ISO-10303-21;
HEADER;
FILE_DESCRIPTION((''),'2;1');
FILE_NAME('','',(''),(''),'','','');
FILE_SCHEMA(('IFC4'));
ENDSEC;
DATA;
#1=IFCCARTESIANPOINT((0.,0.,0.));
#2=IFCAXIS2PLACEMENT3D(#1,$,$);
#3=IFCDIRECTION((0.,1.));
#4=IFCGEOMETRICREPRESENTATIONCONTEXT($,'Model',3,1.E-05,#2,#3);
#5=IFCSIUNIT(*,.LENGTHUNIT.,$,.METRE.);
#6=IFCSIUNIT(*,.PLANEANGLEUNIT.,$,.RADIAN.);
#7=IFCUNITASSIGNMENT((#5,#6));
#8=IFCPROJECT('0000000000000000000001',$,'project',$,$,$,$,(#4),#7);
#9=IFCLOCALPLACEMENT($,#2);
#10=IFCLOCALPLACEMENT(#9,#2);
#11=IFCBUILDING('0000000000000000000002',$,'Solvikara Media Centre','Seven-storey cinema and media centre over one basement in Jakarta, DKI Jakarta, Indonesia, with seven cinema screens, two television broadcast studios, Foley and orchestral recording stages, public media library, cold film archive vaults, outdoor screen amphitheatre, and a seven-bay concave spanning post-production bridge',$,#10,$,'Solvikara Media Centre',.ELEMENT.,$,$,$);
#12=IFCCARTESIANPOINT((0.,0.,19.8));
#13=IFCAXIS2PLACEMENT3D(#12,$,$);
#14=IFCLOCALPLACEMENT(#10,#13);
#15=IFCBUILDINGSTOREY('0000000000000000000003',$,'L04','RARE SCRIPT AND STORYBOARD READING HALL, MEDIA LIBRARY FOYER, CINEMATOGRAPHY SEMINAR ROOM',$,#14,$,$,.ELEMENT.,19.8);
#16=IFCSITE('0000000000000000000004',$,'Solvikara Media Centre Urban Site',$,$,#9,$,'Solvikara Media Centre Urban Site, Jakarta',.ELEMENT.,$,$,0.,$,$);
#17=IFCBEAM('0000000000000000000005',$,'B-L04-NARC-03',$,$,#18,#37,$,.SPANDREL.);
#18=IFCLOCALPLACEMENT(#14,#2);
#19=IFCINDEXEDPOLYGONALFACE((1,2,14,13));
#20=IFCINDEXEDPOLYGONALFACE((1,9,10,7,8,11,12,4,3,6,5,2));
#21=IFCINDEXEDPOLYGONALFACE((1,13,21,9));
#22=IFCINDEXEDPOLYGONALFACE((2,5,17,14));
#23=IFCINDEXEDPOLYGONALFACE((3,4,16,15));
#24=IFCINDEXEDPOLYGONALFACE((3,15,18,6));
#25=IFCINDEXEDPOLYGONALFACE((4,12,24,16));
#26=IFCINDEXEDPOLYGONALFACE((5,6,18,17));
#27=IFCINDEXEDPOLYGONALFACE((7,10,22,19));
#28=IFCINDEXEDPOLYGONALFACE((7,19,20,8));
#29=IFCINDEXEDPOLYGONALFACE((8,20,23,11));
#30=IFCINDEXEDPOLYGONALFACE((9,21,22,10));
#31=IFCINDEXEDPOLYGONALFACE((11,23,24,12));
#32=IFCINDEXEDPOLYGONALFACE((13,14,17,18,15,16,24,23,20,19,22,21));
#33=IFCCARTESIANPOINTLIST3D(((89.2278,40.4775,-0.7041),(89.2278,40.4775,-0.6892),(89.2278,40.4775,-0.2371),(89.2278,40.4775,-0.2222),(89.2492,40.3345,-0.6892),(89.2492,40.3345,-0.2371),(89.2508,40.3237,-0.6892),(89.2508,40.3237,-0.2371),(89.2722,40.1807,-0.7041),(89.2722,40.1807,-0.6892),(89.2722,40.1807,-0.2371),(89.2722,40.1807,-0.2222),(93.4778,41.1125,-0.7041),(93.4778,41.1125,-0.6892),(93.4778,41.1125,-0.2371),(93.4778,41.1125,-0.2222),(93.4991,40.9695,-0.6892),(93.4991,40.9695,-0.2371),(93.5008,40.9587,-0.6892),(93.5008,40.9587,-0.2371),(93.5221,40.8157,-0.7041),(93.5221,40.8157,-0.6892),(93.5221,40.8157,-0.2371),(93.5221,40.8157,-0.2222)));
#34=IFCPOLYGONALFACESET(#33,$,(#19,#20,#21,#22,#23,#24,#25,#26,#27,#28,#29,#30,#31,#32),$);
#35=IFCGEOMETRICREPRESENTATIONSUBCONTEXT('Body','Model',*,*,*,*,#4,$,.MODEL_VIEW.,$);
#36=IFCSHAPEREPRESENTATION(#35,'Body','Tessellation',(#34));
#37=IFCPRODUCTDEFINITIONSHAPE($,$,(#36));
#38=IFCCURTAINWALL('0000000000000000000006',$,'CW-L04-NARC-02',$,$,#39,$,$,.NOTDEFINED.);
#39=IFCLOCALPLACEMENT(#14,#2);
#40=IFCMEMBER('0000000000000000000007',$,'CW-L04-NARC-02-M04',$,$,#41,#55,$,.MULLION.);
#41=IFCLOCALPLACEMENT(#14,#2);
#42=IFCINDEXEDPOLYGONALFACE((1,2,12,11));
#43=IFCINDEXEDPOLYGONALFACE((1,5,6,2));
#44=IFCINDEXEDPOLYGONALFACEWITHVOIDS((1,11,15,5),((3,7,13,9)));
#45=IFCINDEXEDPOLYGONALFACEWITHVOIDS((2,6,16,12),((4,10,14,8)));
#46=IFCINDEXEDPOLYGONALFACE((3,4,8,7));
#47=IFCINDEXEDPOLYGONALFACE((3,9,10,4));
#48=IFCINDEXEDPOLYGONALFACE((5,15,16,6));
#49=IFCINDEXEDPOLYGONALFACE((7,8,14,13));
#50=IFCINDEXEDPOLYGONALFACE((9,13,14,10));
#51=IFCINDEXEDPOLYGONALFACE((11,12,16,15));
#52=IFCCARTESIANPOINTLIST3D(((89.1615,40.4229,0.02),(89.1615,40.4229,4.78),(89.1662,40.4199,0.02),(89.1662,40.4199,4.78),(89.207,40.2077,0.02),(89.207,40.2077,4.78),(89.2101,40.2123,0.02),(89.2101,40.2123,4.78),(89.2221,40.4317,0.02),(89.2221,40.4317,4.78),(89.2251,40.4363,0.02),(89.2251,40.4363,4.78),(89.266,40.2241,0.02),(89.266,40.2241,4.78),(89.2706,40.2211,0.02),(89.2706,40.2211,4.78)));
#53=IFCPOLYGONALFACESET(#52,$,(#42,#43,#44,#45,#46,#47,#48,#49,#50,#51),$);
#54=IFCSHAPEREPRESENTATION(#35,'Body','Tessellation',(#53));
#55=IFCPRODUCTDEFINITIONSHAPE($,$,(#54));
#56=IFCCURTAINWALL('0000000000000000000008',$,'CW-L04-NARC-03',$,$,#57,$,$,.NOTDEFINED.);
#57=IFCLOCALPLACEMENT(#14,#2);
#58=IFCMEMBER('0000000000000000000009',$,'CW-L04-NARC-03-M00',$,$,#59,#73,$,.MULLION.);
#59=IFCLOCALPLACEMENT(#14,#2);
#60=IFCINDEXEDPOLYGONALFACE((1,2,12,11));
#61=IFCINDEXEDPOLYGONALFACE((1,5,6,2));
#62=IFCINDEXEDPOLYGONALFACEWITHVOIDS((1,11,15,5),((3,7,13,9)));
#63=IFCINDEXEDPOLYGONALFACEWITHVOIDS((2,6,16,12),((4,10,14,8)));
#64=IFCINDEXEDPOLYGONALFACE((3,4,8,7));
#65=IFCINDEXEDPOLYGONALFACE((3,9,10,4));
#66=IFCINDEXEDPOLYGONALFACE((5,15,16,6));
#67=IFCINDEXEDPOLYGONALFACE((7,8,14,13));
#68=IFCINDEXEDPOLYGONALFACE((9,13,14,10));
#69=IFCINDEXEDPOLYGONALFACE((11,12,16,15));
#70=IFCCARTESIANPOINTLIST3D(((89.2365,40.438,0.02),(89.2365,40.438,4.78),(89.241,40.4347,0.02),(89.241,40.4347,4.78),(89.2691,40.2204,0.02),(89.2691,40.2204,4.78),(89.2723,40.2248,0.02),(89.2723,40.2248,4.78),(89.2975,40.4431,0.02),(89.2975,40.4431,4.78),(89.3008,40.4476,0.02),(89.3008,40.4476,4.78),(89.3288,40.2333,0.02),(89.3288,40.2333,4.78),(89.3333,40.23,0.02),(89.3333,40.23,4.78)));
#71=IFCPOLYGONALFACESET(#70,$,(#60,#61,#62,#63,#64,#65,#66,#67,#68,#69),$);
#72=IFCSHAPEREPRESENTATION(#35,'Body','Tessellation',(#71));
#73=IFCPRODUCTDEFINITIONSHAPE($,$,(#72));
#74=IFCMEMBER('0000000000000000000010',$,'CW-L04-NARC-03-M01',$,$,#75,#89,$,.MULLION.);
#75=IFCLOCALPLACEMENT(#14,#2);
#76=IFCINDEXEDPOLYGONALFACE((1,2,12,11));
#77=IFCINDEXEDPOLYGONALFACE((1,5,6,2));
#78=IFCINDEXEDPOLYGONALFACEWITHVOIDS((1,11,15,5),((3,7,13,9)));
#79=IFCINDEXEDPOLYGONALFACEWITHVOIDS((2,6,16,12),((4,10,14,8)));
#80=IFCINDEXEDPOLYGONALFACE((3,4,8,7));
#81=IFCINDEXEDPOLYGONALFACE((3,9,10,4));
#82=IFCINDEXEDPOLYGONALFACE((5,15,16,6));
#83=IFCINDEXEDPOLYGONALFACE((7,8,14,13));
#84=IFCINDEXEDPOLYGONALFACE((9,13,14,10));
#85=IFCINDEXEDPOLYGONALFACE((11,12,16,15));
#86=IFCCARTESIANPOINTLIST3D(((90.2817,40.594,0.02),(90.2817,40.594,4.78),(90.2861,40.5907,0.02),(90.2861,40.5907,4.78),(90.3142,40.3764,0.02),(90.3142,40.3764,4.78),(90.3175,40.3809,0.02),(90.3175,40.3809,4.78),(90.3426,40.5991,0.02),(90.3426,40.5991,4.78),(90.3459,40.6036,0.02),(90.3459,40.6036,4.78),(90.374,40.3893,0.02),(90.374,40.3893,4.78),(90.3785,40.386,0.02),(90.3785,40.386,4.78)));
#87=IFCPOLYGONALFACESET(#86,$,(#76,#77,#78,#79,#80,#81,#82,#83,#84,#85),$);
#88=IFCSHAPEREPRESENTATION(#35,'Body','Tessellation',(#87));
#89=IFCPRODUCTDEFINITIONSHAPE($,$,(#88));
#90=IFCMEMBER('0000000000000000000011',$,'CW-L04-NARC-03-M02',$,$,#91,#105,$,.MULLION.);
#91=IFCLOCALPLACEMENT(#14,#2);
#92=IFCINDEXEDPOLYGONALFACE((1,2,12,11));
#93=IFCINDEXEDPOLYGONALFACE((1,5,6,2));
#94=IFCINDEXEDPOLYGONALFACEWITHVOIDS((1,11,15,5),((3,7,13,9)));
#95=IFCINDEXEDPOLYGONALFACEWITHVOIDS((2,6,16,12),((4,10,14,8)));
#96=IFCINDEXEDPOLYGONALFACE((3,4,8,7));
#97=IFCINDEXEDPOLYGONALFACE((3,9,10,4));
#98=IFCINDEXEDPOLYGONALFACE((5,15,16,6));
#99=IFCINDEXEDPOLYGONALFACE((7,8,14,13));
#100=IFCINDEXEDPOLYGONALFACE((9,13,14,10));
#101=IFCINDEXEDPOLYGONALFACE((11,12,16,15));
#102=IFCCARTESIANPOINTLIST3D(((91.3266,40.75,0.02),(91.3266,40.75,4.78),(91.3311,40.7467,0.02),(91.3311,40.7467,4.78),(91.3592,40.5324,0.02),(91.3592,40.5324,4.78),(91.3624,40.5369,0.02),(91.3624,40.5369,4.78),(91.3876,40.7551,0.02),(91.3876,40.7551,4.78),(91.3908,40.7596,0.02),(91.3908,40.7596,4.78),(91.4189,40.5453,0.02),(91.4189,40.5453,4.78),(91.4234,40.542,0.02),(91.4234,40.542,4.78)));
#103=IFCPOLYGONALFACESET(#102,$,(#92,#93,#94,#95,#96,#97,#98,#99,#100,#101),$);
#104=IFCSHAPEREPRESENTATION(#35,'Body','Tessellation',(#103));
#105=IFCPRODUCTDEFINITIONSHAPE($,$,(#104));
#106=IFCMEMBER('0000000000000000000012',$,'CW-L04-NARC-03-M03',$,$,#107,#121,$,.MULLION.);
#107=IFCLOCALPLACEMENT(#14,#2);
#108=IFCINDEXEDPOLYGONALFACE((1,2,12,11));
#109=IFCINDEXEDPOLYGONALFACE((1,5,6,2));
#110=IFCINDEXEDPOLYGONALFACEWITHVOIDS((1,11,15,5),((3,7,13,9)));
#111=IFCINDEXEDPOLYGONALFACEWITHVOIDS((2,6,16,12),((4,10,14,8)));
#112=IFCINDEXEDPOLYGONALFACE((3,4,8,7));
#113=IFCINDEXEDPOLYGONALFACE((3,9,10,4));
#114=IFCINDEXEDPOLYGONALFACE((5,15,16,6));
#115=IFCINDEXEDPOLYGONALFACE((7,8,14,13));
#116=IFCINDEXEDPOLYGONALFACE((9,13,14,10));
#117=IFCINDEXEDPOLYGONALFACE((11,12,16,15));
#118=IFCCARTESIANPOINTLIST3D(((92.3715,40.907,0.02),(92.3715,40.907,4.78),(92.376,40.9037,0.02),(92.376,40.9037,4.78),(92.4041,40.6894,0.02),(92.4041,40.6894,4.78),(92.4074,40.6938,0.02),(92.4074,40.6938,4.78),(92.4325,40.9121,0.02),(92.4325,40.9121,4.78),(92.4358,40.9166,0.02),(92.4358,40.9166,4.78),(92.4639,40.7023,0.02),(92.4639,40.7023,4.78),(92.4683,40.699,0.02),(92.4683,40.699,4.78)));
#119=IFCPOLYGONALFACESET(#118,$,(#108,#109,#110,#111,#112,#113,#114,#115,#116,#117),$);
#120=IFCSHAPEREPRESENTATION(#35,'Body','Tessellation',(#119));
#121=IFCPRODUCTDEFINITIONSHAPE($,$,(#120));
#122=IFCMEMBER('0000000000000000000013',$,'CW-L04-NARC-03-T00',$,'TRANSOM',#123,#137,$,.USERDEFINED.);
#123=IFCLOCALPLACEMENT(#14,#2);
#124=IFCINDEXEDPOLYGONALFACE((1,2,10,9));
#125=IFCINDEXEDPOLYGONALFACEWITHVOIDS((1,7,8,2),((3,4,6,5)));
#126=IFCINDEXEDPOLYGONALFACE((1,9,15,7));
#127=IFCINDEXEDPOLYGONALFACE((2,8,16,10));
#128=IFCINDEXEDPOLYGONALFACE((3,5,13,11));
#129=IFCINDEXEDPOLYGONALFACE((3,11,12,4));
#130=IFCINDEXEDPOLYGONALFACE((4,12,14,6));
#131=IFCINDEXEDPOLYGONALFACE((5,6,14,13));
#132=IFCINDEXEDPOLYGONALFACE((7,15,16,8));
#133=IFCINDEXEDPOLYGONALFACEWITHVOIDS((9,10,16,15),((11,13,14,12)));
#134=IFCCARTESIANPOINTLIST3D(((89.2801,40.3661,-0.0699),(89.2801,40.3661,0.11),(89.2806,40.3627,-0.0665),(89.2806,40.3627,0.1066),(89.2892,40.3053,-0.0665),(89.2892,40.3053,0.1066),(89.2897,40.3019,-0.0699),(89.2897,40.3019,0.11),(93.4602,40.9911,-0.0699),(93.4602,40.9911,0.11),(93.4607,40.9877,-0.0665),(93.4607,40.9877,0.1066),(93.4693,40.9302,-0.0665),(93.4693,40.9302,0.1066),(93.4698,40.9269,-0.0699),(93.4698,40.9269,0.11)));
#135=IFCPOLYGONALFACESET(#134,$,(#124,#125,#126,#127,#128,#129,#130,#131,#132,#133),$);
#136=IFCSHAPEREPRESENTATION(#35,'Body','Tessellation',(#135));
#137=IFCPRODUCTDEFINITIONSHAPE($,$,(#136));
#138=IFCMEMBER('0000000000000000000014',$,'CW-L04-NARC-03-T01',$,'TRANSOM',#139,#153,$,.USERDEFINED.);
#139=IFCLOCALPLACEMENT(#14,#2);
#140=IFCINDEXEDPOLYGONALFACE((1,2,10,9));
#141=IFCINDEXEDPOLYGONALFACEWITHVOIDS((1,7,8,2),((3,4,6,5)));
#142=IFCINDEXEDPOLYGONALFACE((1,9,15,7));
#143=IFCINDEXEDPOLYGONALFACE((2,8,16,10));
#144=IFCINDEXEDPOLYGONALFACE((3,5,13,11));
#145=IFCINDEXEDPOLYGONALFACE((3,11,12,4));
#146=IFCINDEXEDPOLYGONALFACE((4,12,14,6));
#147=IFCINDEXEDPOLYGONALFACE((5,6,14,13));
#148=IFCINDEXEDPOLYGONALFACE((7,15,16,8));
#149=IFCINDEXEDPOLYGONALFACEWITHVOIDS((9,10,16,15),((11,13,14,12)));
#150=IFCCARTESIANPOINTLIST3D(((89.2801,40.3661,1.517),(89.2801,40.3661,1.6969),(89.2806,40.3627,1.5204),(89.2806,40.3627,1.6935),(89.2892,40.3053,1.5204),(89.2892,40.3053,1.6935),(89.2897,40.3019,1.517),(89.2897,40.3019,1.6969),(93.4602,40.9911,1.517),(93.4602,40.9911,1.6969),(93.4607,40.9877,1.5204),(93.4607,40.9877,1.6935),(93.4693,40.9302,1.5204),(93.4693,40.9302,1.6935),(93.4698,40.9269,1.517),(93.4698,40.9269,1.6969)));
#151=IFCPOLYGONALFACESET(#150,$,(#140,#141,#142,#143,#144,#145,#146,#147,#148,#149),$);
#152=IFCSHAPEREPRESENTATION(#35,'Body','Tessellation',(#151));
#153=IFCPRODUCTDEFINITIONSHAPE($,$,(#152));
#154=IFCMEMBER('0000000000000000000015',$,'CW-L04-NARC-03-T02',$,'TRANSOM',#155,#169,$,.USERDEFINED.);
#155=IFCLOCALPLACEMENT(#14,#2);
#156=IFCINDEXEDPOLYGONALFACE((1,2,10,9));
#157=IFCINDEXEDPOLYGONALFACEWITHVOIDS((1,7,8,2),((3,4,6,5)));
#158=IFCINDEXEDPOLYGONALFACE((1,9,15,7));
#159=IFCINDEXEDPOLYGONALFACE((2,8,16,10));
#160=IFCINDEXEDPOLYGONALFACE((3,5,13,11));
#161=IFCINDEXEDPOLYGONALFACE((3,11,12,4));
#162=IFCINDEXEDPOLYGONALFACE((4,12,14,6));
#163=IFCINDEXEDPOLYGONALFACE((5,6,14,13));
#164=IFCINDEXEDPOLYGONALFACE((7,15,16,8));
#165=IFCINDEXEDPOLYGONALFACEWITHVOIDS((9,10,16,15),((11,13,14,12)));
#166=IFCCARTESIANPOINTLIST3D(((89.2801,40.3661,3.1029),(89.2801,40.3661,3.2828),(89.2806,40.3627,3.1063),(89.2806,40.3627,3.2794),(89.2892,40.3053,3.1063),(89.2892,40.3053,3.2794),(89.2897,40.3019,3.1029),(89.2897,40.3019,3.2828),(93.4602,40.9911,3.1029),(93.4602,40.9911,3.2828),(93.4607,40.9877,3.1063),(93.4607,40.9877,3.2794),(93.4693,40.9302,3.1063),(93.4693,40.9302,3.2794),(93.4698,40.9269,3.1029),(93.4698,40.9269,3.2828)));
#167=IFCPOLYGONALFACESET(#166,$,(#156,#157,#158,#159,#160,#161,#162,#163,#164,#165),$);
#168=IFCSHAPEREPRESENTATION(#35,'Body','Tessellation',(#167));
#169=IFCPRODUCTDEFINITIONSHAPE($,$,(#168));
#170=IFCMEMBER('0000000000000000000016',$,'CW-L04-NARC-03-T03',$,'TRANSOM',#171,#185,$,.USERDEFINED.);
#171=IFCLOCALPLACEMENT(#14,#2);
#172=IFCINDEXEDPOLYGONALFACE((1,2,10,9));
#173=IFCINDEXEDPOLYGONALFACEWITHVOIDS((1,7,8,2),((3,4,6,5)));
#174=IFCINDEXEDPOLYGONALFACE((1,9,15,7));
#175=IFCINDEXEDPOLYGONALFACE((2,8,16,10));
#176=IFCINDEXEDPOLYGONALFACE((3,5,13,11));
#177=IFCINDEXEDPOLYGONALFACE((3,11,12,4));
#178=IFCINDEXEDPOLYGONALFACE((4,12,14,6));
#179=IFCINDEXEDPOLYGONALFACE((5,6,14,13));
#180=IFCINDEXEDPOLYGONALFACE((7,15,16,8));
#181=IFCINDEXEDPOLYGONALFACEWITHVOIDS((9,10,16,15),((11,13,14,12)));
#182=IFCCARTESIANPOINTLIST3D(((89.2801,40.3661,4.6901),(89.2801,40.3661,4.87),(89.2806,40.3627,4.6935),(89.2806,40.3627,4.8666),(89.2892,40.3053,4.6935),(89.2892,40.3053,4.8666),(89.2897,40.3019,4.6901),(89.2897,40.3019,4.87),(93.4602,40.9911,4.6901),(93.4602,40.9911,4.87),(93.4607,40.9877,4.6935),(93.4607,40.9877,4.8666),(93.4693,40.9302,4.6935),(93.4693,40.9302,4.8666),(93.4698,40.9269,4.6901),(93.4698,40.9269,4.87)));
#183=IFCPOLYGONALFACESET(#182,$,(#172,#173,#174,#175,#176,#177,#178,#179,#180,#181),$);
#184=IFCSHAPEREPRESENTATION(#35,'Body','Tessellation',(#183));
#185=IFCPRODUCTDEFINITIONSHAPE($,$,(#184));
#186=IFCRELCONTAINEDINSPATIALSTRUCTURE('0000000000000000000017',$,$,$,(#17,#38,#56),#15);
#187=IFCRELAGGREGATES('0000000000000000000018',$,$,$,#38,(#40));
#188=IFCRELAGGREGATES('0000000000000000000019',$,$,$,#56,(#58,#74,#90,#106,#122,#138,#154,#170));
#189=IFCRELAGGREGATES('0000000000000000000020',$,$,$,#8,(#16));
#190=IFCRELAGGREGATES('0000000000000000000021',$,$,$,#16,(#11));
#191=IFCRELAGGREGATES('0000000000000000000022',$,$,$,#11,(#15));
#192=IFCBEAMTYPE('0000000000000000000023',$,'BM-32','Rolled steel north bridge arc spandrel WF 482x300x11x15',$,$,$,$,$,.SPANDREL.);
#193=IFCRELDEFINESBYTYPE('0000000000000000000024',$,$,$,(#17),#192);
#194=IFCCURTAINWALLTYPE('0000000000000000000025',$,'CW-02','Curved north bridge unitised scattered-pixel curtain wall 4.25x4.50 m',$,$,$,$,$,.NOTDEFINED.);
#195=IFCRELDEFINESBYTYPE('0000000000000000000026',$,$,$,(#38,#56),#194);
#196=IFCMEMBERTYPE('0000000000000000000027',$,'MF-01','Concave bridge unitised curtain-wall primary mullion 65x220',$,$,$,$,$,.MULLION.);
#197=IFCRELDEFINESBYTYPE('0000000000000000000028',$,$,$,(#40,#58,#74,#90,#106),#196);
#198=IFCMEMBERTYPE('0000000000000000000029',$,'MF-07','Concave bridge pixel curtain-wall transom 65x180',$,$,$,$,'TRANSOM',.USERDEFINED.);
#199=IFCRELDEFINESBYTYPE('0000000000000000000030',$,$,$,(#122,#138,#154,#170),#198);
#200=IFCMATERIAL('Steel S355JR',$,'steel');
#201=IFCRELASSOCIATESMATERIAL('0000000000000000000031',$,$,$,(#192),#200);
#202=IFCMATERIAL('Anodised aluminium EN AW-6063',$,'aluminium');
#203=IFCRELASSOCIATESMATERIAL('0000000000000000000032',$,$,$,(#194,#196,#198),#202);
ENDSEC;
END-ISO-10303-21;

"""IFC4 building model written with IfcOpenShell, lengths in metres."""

from ifc_helpers import new_model, si_unit, direction, frame, origin, origin_2d, place, context, subcontext, project, spatial, hollow_rectangle, i_section, extrude, material, material_profile, profile_set, type_object, element, aggregate, save


model = new_model("IFC4")

# Units and contexts
model_context = context("Model", 3, precision=1e-05, world=origin(), true_north=direction((0.0, 1.0)))
body_context = subcontext(model_context, "Body", "Model", "MODEL_VIEW")
ifc_project = project(units=[si_unit("LENGTHUNIT", "METRE"), si_unit("PLANEANGLEUNIT", "RADIAN")], contexts=[model_context])

# Site, building, storey
site_placement = place(None, origin())
site = spatial("IfcSite", under=ifc_project, at=site_placement, Name="Solvikara Media Centre Urban Site", LongName="Solvikara Media Centre Urban Site, Jakarta", CompositionType="ELEMENT", RefElevation=0.0)
building_placement = place(site_placement, origin())
building = spatial("IfcBuilding", under=site, at=building_placement, Name="Solvikara Media Centre", Description="Seven-storey cinema and media centre over one basement in Jakarta, DKI Jakarta, Indonesia, with seven cinema screens, two television broadcast studios, Foley and orchestral recording stages, public media library, cold film archive vaults, outdoor screen amphitheatre, and a seven-bay concave spanning post-production bridge", LongName="Solvikara Media Centre", CompositionType="ELEMENT")
storey_placement = place(building_placement, frame((0.0, 0.0, 19.8)))
storey = spatial("IfcBuildingStorey", under=building, at=storey_placement, Name="L04", Description="RARE SCRIPT AND STORYBOARD READING HALL, MEDIA LIBRARY FOYER, CINEMATOGRAPHY SEMINAR ROOM", CompositionType="ELEMENT", Elevation=19.8)

# Beam
ifc_material_1 = material(Name="Steel S355JR", Category="steel")
ifc_material_profile_1 = material_profile(ifc_material_1, i_section(OverallWidth=0.3, OverallDepth=0.4819, WebThickness=0.011, FlangeThickness=0.0149, at=origin_2d()), Name="WF 482x300x11x15")
ifc_profile_set_1 = profile_set([ifc_material_profile_1], Name="Steel S355JR")
beam_type = type_object("IfcBeamType", Name="BM-32", Description="Rolled steel north bridge arc spandrel WF 482x300x11x15", PredefinedType="SPANDREL", material=ifc_profile_set_1)
beam_placement = place(storey_placement, frame((89.25, 40.3291, -0.4631), z_axis=(0.989021, 0.147774, 0.0), x_axis=(-0.147774, 0.989021, 0.0)))
element("IfcBeam", 1, at=beam_placement, inside=storey, type_object=beam_type, Name="B-L04-NARC-03", PredefinedType="SPANDREL", context=body_context, shape_type="SweptSolid", body=[
    extrude(i_section(OverallWidth=0.3, OverallDepth=0.4819, WebThickness=0.011, FlangeThickness=0.0149, at=origin_2d()), origin(), (0.0, 0.0, 1.0), 4.2971),
])

# Curtain wall, member
ifc_material_2 = material(Name="Anodised aluminium EN AW-6063", Category="aluminium")
curtain_wall_type = type_object("IfcCurtainWallType", Name="CW-02", Description="Curved north bridge unitised scattered-pixel curtain wall 4.25x4.50 m", PredefinedType="NOTDEFINED", material=ifc_material_2)
curtain_wall_1_placement = place(storey_placement, origin())
curtain_wall_1 = element("IfcCurtainWall", 2, at=curtain_wall_1_placement, inside=storey, type_object=curtain_wall_type, Name="CW-L04-NARC-02", PredefinedType="NOTDEFINED")
ifc_material_profile_2 = material_profile(ifc_material_2, hollow_rectangle(XDim=0.0649, YDim=0.22, WallThickness=0.0039, at=origin_2d()), Name="ALU-M 65x220x4")
ifc_profile_set_2 = profile_set([ifc_material_profile_2], Name="Anodised aluminium EN AW-6063")
member_type_1 = type_object("IfcMemberType", Name="MF-01", Description="Concave bridge unitised curtain-wall primary mullion 65x220", PredefinedType="MULLION", material=ifc_profile_set_2)
member_1_placement = place(storey_placement, frame((89.2161, 40.322, 0.02), z_axis=(0.0, 0.0, 1.0), x_axis=(0.978379, 0.206819, 0.0)))
member_1 = element("IfcMember", 3, at=member_1_placement, type_object=member_type_1, Name="CW-L04-NARC-02-M04", PredefinedType="MULLION", context=body_context, shape_type="SweptSolid", body=[
    extrude(hollow_rectangle(XDim=0.0649, YDim=0.22, WallThickness=0.0039, at=origin_2d()), origin(), (0.0, 0.0, 1.0), 4.76),
])

# Curtain wall, members
curtain_wall_2_placement = place(storey_placement, origin())
curtain_wall_2 = element("IfcCurtainWall", 4, at=curtain_wall_2_placement, inside=storey, type_object=curtain_wall_type, Name="CW-L04-NARC-03", PredefinedType="NOTDEFINED")
member_2_placement = place(storey_placement, frame((89.2849, 40.334, 0.02), z_axis=(0.0, 0.0, 1.0), x_axis=(0.989006, 0.147878, 0.0)))
member_2 = element("IfcMember", 5, at=member_2_placement, type_object=member_type_1, Name="CW-L04-NARC-03-M00", PredefinedType="MULLION", context=body_context, shape_type="SweptSolid", body=[
    extrude(hollow_rectangle(XDim=0.0649, YDim=0.22, WallThickness=0.0039, at=origin_2d()), origin(), (0.0, 0.0, 1.0), 4.76),
])
member_3_placement = place(storey_placement, frame((90.3301, 40.49, 0.02), z_axis=(0.0, 0.0, 1.0), x_axis=(0.989006, 0.147878, 0.0)))
member_3 = element("IfcMember", 6, at=member_3_placement, type_object=member_type_1, Name="CW-L04-NARC-03-M01", PredefinedType="MULLION", context=body_context, shape_type="SweptSolid", body=[
    extrude(hollow_rectangle(XDim=0.0649, YDim=0.22, WallThickness=0.0039, at=origin_2d()), origin(), (0.0, 0.0, 1.0), 4.76),
])
member_4_placement = place(storey_placement, frame((91.375, 40.646, 0.02), z_axis=(0.0, 0.0, 1.0), x_axis=(0.989006, 0.147878, 0.0)))
member_4 = element("IfcMember", 7, at=member_4_placement, type_object=member_type_1, Name="CW-L04-NARC-03-M02", PredefinedType="MULLION", context=body_context, shape_type="SweptSolid", body=[
    extrude(hollow_rectangle(XDim=0.0649, YDim=0.22, WallThickness=0.0039, at=origin_2d()), origin(), (0.0, 0.0, 1.0), 4.76),
])
member_5_placement = place(storey_placement, frame((92.4199, 40.803, 0.02), z_axis=(0.0, 0.0, 1.0), x_axis=(0.989006, 0.147878, 0.0)))
member_5 = element("IfcMember", 8, at=member_5_placement, type_object=member_type_1, Name="CW-L04-NARC-03-M03", PredefinedType="MULLION", context=body_context, shape_type="SweptSolid", body=[
    extrude(hollow_rectangle(XDim=0.0649, YDim=0.22, WallThickness=0.0039, at=origin_2d()), origin(), (0.0, 0.0, 1.0), 4.76),
])
ifc_material_profile_3 = material_profile(ifc_material_2, hollow_rectangle(XDim=0.0649, YDim=0.1799, WallThickness=0.0034, at=origin_2d()), Name="ALU-T 65x180x3.5")
ifc_profile_set_3 = profile_set([ifc_material_profile_3], Name="Anodised aluminium EN AW-6063")
member_type_2 = type_object("IfcMemberType", Name="MF-07", Description="Concave bridge pixel curtain-wall transom 65x180", ElementType="TRANSOM", PredefinedType="USERDEFINED", material=ifc_profile_set_3)
member_6_placement = place(storey_placement, frame((89.2849, 40.334, 0.02), z_axis=(0.989007, 0.147872, 0.0), x_axis=(-0.147872, 0.989007, 0.0)))
member_6 = element("IfcMember", 9, at=member_6_placement, type_object=member_type_2, Name="CW-L04-NARC-03-T00", ObjectType="TRANSOM", PredefinedType="USERDEFINED", context=body_context, shape_type="SweptSolid", body=[
    extrude(hollow_rectangle(XDim=0.0649, YDim=0.1799, WallThickness=0.0034, at=origin_2d()), origin(), (0.0, 0.0, 1.0), 4.2266),
])
member_7_placement = place(storey_placement, frame((89.2849, 40.334, 1.6069), z_axis=(0.989007, 0.147872, 0.0), x_axis=(-0.147872, 0.989007, 0.0)))
member_7 = element("IfcMember", 10, at=member_7_placement, type_object=member_type_2, Name="CW-L04-NARC-03-T01", ObjectType="TRANSOM", PredefinedType="USERDEFINED", context=body_context, shape_type="SweptSolid", body=[
    extrude(hollow_rectangle(XDim=0.0649, YDim=0.1799, WallThickness=0.0034, at=origin_2d()), origin(), (0.0, 0.0, 1.0), 4.2266),
])
member_8_placement = place(storey_placement, frame((89.2849, 40.334, 3.1929), z_axis=(0.989007, 0.147872, 0.0), x_axis=(-0.147872, 0.989007, 0.0)))
member_8 = element("IfcMember", 11, at=member_8_placement, type_object=member_type_2, Name="CW-L04-NARC-03-T02", ObjectType="TRANSOM", PredefinedType="USERDEFINED", context=body_context, shape_type="SweptSolid", body=[
    extrude(hollow_rectangle(XDim=0.0649, YDim=0.1799, WallThickness=0.0034, at=origin_2d()), origin(), (0.0, 0.0, 1.0), 4.2266),
])
member_9_placement = place(storey_placement, frame((89.2849, 40.334, 4.78), z_axis=(0.989007, 0.147872, 0.0), x_axis=(-0.147872, 0.989007, 0.0)))
member_9 = element("IfcMember", 12, at=member_9_placement, type_object=member_type_2, Name="CW-L04-NARC-03-T03", ObjectType="TRANSOM", PredefinedType="USERDEFINED", context=body_context, shape_type="SweptSolid", body=[
    extrude(hollow_rectangle(XDim=0.0649, YDim=0.1799, WallThickness=0.0034, at=origin_2d()), origin(), (0.0, 0.0, 1.0), 4.2266),
])

aggregate(curtain_wall_1, [member_1])
aggregate(curtain_wall_2, [member_2, member_3, member_4, member_5, member_6, member_7, member_8, member_9])

save(model, "model.ifc")
